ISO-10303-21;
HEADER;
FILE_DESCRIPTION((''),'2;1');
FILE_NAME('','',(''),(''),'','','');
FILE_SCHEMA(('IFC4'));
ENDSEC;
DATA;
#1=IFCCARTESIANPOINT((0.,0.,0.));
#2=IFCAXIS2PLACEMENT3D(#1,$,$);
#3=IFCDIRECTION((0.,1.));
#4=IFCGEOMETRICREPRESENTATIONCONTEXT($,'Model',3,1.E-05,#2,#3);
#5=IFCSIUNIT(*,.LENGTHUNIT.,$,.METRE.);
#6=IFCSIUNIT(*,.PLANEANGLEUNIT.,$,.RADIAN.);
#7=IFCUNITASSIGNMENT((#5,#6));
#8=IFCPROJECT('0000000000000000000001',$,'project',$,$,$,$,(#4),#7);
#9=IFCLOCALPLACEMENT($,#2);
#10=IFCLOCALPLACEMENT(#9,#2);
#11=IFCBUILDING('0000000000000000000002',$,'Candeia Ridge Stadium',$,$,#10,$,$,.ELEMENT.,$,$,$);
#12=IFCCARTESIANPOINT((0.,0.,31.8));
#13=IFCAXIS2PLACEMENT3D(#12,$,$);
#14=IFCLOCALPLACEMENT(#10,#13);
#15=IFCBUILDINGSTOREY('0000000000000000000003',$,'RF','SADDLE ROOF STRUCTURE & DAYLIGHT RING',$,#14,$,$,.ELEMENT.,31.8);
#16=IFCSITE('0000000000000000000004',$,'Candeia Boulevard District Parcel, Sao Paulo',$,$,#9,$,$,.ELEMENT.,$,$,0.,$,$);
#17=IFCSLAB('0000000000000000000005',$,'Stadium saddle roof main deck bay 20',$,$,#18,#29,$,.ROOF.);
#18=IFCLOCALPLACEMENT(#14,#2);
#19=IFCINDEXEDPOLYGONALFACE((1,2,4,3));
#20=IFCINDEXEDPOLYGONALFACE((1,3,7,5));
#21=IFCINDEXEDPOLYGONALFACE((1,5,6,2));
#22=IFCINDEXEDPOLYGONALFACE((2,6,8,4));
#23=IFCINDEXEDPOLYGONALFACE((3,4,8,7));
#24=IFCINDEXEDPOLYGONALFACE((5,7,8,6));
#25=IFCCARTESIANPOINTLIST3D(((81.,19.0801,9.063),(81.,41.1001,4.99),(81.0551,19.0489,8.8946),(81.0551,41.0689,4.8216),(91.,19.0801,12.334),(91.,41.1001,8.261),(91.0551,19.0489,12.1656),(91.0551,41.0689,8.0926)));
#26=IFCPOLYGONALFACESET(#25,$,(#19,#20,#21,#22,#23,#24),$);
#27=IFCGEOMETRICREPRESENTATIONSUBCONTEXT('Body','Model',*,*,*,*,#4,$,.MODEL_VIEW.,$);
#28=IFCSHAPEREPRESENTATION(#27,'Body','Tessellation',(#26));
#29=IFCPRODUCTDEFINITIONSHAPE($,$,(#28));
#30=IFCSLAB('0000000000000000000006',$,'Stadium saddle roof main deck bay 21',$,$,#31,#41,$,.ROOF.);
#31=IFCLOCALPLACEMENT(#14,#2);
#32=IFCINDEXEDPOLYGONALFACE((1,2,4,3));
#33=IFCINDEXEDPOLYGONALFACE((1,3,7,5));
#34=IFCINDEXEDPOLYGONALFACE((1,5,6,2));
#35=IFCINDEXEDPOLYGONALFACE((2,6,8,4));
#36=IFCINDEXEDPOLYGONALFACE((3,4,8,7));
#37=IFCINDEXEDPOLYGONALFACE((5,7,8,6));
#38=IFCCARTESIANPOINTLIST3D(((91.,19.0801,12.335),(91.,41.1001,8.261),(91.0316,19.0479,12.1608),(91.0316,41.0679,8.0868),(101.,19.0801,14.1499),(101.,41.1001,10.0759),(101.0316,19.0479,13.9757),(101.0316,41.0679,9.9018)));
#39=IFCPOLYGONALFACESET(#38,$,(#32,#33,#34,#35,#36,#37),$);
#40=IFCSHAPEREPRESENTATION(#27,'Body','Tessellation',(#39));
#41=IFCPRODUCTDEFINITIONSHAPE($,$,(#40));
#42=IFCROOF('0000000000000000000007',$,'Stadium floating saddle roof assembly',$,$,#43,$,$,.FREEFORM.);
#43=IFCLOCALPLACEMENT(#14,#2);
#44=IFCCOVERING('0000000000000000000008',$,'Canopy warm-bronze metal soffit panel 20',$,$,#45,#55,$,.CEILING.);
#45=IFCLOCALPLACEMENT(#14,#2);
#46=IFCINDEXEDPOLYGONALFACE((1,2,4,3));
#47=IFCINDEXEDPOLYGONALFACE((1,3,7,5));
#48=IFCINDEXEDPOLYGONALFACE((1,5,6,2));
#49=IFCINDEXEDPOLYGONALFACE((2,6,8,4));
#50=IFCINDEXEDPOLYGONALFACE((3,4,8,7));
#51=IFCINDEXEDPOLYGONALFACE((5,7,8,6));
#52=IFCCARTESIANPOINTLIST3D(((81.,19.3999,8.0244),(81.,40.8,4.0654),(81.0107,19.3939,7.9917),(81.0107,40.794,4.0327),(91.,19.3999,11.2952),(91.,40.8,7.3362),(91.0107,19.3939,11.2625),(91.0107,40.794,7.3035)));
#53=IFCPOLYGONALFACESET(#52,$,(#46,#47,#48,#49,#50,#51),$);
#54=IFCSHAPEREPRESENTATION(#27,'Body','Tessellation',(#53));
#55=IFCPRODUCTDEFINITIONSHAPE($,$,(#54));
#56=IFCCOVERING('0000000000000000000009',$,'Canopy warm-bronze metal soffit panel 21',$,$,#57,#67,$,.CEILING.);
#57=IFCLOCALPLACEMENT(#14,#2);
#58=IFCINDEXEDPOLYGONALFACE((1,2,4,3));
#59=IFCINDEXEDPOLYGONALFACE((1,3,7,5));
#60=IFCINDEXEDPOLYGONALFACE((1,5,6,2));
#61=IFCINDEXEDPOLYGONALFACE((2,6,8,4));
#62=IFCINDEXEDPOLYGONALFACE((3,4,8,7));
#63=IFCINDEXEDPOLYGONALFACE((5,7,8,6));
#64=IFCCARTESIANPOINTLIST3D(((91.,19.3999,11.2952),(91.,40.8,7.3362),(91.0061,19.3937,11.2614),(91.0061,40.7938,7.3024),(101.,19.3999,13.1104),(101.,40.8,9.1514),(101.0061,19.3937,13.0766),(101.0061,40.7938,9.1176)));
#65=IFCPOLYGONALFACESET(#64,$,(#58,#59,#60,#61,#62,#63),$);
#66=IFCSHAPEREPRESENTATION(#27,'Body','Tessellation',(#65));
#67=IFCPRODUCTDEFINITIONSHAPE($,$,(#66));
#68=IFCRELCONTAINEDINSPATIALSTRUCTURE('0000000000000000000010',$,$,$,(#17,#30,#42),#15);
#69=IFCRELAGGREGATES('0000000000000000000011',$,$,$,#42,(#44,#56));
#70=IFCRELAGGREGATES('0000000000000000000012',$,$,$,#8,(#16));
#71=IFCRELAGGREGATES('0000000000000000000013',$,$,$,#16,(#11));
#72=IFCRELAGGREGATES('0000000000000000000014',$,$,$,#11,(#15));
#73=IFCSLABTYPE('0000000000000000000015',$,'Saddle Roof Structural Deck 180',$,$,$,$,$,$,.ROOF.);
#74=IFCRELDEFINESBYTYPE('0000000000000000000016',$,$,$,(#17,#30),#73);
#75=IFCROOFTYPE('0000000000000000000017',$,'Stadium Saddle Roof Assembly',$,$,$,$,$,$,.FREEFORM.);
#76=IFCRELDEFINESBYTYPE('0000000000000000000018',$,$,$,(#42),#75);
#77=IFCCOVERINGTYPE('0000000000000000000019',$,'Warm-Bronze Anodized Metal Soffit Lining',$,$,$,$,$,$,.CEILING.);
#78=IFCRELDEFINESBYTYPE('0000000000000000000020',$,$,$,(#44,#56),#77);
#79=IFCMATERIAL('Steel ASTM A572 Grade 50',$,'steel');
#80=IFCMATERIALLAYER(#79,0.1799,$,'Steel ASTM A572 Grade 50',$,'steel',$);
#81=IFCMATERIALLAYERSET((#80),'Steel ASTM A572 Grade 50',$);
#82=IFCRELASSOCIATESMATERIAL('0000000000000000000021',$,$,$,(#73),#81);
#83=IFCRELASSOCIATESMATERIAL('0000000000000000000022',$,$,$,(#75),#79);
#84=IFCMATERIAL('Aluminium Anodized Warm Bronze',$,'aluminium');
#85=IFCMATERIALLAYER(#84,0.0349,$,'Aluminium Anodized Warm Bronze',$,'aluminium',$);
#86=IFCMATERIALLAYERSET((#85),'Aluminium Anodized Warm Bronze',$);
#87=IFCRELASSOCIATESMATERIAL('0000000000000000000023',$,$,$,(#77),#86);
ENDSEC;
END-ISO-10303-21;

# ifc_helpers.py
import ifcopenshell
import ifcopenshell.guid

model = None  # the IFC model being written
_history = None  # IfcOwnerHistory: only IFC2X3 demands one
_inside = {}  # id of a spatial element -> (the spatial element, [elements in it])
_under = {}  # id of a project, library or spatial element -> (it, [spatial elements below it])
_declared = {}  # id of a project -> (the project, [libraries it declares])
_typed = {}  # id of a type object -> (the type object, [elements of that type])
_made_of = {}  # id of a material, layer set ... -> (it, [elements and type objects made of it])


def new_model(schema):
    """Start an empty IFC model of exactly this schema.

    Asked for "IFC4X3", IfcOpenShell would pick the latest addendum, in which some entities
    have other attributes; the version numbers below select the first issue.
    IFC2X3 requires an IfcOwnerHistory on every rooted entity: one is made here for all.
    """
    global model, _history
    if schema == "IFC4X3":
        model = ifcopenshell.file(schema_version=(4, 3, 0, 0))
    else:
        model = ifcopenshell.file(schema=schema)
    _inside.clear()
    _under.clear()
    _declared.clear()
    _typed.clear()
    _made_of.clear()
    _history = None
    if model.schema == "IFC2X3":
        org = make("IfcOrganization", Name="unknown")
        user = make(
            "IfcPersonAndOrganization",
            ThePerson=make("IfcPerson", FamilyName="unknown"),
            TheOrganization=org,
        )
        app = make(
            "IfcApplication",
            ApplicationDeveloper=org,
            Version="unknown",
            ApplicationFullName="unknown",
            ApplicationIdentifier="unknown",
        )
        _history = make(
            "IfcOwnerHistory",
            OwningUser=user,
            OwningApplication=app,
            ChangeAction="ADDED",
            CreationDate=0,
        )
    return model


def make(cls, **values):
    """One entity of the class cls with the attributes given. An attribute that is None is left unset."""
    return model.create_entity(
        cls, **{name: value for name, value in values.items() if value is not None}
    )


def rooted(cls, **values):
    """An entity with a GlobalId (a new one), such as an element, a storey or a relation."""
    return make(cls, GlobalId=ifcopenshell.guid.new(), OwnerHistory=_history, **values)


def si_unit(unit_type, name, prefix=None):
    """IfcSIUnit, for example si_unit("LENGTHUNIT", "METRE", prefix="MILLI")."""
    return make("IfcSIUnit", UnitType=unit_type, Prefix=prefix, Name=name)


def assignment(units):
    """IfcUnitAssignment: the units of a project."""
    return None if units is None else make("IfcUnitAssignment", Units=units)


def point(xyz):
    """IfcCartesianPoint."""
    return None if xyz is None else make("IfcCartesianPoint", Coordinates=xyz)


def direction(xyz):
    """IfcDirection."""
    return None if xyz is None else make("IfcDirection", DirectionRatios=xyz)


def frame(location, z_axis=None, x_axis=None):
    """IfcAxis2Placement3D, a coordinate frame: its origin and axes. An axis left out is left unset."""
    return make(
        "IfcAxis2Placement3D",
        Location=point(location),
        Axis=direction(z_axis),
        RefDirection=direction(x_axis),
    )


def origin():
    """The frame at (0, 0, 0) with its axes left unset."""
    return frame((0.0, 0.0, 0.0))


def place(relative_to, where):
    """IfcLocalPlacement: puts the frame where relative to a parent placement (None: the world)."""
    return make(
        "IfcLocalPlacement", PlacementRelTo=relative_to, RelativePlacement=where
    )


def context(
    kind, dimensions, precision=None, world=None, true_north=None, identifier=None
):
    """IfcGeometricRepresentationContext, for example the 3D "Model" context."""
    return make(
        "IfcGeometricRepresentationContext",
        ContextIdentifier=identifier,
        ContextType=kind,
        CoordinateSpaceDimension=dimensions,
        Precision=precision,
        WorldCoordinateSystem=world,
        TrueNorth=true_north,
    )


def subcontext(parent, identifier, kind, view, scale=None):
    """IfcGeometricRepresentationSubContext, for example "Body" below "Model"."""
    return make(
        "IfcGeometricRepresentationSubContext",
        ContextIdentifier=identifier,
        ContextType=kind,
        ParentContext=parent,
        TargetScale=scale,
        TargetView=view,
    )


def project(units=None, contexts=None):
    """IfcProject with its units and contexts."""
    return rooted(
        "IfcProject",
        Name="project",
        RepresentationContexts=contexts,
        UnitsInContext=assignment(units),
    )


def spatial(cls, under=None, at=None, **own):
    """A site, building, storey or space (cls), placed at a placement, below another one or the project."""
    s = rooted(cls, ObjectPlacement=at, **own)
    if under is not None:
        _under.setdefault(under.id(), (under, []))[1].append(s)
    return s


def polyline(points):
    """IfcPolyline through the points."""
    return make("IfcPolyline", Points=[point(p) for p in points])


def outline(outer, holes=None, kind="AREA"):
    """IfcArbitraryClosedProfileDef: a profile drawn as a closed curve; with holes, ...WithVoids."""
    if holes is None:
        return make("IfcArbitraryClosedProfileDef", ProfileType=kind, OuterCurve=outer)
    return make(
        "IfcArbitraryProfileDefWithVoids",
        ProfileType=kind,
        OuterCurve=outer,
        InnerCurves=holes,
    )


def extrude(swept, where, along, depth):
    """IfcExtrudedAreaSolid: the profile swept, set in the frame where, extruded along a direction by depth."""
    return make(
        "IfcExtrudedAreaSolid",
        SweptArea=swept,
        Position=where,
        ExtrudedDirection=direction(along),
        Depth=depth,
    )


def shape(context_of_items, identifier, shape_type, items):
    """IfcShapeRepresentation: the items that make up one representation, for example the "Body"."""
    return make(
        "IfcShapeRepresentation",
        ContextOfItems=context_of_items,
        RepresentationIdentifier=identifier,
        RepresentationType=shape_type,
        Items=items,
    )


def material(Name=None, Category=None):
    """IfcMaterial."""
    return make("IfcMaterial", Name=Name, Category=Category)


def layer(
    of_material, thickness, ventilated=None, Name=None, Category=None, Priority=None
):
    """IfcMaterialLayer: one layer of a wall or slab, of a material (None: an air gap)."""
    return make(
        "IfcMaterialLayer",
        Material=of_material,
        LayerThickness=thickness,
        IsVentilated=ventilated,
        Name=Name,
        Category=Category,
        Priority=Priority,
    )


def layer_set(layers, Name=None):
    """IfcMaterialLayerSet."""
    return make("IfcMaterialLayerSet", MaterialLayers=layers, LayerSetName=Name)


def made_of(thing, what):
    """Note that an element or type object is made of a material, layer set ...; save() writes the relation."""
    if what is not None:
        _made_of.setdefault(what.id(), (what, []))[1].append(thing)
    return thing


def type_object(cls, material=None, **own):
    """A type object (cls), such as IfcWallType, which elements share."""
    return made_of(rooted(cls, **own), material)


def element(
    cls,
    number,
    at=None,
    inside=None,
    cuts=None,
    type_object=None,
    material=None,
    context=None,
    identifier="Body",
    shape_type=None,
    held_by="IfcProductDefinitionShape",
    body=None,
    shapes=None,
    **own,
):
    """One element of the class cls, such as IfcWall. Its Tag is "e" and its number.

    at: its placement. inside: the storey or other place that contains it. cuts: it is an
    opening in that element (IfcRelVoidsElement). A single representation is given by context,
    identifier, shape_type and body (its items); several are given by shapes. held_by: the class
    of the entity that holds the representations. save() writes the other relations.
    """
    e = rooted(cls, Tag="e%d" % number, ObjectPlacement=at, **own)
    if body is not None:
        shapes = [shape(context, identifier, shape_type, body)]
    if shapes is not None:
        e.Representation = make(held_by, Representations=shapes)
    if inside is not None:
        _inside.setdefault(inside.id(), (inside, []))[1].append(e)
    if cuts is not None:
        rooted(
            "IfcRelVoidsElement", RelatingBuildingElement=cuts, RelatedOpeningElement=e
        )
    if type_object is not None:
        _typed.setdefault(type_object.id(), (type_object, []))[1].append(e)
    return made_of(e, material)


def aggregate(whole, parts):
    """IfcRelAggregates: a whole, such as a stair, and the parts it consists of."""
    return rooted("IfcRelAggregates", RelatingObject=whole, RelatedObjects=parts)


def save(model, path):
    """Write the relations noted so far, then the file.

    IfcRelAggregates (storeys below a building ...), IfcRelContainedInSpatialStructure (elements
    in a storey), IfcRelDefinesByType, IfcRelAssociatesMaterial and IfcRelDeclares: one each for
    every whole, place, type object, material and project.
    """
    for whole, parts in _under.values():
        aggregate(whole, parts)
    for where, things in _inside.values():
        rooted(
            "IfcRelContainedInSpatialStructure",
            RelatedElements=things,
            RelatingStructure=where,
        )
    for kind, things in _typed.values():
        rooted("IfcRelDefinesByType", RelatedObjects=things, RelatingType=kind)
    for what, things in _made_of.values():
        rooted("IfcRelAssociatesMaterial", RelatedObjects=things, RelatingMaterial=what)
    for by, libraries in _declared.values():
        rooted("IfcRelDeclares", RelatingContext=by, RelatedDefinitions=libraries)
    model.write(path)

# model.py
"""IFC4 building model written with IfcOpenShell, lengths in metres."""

from ifc_helpers import new_model, si_unit, direction, frame, origin, place, context, subcontext, project, spatial, polyline, outline, extrude, material, layer, layer_set, type_object, element, aggregate, save


model = new_model("IFC4")

# Units and contexts
model_context = context("Model", 3, precision=1e-05, world=origin(), true_north=direction((0.0, 1.0)))
body_context = subcontext(model_context, "Body", "Model", "MODEL_VIEW")
ifc_project = project(units=[si_unit("LENGTHUNIT", "METRE"), si_unit("PLANEANGLEUNIT", "RADIAN")], contexts=[model_context])

# Site, building, storey
site_placement = place(None, origin())
site = spatial("IfcSite", under=ifc_project, at=site_placement, Name="Candeia Boulevard District Parcel, Sao Paulo", CompositionType="ELEMENT", RefElevation=0.0)
building_placement = place(site_placement, origin())
building = spatial("IfcBuilding", under=site, at=building_placement, Name="Candeia Ridge Stadium", CompositionType="ELEMENT")
storey_placement = place(building_placement, frame((0.0, 0.0, 31.8)))
storey = spatial("IfcBuildingStorey", under=building, at=storey_placement, Name="RF", Description="SADDLE ROOF STRUCTURE & DAYLIGHT RING", CompositionType="ELEMENT", Elevation=31.8)

# Shared definitions
ifc_material_1 = material(Name="Steel ASTM A572 Grade 50", Category="steel")

# Slabs
ifc_layer_1 = layer(ifc_material_1, 0.1799, Name="Steel ASTM A572 Grade 50", Category="steel")
ifc_layer_set_1 = layer_set([ifc_layer_1], Name="Steel ASTM A572 Grade 50")
slab_type = type_object("IfcSlabType", Name="Saddle Roof Structural Deck 180", PredefinedType="ROOF", material=ifc_layer_set_1)
slab_1_placement = place(storey_placement, frame((81.0, 41.1001, 4.99), z_axis=(-0.306195, 0.173147, 0.93609), x_axis=(0.950446, 0.0, 0.31089)))
element("IfcSlab", 1, at=slab_1_placement, inside=storey, type_object=slab_type, Name="Stadium saddle roof main deck bay 20", PredefinedType="ROOF", context=body_context, shape_type="SweptSolid", body=[
    extrude(outline(polyline([(0.0, 0.0), (10.5214, 0.0), (11.7876, -22.3577), (1.2663, -22.3577), (0.0, 0.0)])), origin(), (0.0, 0.0, -1.0), 0.1799),
])
slab_2_placement = place(storey_placement, frame((91.0, 41.1001, 8.261), z_axis=(-0.17569, 0.179095, 0.968018), x_axis=(0.983926, 0.0, 0.178577)))
element("IfcSlab", 2, at=slab_2_placement, inside=storey, type_object=slab_type, Name="Stadium saddle roof main deck bay 21", PredefinedType="ROOF", context=body_context, shape_type="SweptSolid", body=[
    extrude(outline(polyline([(0.0, 0.0), (10.1634, 0.0), (10.8909, -22.3819), (0.7275, -22.3819), (0.0, 0.0)])), origin(), (0.0, 0.0, -1.0), 0.1799),
])

# Roof, coverings
roof_type = type_object("IfcRoofType", Name="Stadium Saddle Roof Assembly", PredefinedType="FREEFORM", material=ifc_material_1)
roof_placement = place(storey_placement, origin())
roof = element("IfcRoof", 3, at=roof_placement, inside=storey, type_object=roof_type, Name="Stadium floating saddle roof assembly", PredefinedType="FREEFORM")
ifc_material_2 = material(Name="Aluminium Anodized Warm Bronze", Category="aluminium")
ifc_layer_2 = layer(ifc_material_2, 0.0349, Name="Aluminium Anodized Warm Bronze", Category="aluminium")
ifc_layer_set_2 = layer_set([ifc_layer_2], Name="Aluminium Anodized Warm Bronze")
covering_type = type_object("IfcCoveringType", Name="Warm-Bronze Anodized Metal Soffit Lining", PredefinedType="CEILING", material=ifc_layer_set_2)
covering_1_placement = place(storey_placement, frame((81.0, 40.8, 4.0654), z_axis=(-0.306173, 0.173175, 0.936092), x_axis=(0.950453, 0.0, 0.310869)))
covering_1 = element("IfcCovering", 4, at=covering_1_placement, type_object=covering_type, Name="Canopy warm-bronze metal soffit panel 20", PredefinedType="CEILING", context=body_context, shape_type="SweptSolid", body=[
    extrude(outline(polyline([(0.0, 0.0), (10.5213, 0.0), (11.752, -21.7284), (1.2307, -21.7284), (0.0, 0.0)])), origin(), (0.0, 0.0, -1.0), 0.0349),
])
covering_2_placement = place(storey_placement, frame((91.0, 40.8, 7.3362), z_axis=(-0.175713, 0.179081, 0.968016), x_axis=(0.983922, 0.0, 0.1786)))
covering_2 = element("IfcCovering", 5, at=covering_2_placement, type_object=covering_type, Name="Canopy warm-bronze metal soffit panel 21", PredefinedType="CEILING", context=body_context, shape_type="SweptSolid", body=[
    extrude(outline(polyline([(0.0, 0.0), (10.1634, 0.0), (10.8705, -21.7518), (0.7071, -21.7518), (0.0, 0.0)])), origin(), (0.0, 0.0, -1.0), 0.0349),
])
aggregate(roof, [covering_1, covering_2])

save(model, "model.ifc")
